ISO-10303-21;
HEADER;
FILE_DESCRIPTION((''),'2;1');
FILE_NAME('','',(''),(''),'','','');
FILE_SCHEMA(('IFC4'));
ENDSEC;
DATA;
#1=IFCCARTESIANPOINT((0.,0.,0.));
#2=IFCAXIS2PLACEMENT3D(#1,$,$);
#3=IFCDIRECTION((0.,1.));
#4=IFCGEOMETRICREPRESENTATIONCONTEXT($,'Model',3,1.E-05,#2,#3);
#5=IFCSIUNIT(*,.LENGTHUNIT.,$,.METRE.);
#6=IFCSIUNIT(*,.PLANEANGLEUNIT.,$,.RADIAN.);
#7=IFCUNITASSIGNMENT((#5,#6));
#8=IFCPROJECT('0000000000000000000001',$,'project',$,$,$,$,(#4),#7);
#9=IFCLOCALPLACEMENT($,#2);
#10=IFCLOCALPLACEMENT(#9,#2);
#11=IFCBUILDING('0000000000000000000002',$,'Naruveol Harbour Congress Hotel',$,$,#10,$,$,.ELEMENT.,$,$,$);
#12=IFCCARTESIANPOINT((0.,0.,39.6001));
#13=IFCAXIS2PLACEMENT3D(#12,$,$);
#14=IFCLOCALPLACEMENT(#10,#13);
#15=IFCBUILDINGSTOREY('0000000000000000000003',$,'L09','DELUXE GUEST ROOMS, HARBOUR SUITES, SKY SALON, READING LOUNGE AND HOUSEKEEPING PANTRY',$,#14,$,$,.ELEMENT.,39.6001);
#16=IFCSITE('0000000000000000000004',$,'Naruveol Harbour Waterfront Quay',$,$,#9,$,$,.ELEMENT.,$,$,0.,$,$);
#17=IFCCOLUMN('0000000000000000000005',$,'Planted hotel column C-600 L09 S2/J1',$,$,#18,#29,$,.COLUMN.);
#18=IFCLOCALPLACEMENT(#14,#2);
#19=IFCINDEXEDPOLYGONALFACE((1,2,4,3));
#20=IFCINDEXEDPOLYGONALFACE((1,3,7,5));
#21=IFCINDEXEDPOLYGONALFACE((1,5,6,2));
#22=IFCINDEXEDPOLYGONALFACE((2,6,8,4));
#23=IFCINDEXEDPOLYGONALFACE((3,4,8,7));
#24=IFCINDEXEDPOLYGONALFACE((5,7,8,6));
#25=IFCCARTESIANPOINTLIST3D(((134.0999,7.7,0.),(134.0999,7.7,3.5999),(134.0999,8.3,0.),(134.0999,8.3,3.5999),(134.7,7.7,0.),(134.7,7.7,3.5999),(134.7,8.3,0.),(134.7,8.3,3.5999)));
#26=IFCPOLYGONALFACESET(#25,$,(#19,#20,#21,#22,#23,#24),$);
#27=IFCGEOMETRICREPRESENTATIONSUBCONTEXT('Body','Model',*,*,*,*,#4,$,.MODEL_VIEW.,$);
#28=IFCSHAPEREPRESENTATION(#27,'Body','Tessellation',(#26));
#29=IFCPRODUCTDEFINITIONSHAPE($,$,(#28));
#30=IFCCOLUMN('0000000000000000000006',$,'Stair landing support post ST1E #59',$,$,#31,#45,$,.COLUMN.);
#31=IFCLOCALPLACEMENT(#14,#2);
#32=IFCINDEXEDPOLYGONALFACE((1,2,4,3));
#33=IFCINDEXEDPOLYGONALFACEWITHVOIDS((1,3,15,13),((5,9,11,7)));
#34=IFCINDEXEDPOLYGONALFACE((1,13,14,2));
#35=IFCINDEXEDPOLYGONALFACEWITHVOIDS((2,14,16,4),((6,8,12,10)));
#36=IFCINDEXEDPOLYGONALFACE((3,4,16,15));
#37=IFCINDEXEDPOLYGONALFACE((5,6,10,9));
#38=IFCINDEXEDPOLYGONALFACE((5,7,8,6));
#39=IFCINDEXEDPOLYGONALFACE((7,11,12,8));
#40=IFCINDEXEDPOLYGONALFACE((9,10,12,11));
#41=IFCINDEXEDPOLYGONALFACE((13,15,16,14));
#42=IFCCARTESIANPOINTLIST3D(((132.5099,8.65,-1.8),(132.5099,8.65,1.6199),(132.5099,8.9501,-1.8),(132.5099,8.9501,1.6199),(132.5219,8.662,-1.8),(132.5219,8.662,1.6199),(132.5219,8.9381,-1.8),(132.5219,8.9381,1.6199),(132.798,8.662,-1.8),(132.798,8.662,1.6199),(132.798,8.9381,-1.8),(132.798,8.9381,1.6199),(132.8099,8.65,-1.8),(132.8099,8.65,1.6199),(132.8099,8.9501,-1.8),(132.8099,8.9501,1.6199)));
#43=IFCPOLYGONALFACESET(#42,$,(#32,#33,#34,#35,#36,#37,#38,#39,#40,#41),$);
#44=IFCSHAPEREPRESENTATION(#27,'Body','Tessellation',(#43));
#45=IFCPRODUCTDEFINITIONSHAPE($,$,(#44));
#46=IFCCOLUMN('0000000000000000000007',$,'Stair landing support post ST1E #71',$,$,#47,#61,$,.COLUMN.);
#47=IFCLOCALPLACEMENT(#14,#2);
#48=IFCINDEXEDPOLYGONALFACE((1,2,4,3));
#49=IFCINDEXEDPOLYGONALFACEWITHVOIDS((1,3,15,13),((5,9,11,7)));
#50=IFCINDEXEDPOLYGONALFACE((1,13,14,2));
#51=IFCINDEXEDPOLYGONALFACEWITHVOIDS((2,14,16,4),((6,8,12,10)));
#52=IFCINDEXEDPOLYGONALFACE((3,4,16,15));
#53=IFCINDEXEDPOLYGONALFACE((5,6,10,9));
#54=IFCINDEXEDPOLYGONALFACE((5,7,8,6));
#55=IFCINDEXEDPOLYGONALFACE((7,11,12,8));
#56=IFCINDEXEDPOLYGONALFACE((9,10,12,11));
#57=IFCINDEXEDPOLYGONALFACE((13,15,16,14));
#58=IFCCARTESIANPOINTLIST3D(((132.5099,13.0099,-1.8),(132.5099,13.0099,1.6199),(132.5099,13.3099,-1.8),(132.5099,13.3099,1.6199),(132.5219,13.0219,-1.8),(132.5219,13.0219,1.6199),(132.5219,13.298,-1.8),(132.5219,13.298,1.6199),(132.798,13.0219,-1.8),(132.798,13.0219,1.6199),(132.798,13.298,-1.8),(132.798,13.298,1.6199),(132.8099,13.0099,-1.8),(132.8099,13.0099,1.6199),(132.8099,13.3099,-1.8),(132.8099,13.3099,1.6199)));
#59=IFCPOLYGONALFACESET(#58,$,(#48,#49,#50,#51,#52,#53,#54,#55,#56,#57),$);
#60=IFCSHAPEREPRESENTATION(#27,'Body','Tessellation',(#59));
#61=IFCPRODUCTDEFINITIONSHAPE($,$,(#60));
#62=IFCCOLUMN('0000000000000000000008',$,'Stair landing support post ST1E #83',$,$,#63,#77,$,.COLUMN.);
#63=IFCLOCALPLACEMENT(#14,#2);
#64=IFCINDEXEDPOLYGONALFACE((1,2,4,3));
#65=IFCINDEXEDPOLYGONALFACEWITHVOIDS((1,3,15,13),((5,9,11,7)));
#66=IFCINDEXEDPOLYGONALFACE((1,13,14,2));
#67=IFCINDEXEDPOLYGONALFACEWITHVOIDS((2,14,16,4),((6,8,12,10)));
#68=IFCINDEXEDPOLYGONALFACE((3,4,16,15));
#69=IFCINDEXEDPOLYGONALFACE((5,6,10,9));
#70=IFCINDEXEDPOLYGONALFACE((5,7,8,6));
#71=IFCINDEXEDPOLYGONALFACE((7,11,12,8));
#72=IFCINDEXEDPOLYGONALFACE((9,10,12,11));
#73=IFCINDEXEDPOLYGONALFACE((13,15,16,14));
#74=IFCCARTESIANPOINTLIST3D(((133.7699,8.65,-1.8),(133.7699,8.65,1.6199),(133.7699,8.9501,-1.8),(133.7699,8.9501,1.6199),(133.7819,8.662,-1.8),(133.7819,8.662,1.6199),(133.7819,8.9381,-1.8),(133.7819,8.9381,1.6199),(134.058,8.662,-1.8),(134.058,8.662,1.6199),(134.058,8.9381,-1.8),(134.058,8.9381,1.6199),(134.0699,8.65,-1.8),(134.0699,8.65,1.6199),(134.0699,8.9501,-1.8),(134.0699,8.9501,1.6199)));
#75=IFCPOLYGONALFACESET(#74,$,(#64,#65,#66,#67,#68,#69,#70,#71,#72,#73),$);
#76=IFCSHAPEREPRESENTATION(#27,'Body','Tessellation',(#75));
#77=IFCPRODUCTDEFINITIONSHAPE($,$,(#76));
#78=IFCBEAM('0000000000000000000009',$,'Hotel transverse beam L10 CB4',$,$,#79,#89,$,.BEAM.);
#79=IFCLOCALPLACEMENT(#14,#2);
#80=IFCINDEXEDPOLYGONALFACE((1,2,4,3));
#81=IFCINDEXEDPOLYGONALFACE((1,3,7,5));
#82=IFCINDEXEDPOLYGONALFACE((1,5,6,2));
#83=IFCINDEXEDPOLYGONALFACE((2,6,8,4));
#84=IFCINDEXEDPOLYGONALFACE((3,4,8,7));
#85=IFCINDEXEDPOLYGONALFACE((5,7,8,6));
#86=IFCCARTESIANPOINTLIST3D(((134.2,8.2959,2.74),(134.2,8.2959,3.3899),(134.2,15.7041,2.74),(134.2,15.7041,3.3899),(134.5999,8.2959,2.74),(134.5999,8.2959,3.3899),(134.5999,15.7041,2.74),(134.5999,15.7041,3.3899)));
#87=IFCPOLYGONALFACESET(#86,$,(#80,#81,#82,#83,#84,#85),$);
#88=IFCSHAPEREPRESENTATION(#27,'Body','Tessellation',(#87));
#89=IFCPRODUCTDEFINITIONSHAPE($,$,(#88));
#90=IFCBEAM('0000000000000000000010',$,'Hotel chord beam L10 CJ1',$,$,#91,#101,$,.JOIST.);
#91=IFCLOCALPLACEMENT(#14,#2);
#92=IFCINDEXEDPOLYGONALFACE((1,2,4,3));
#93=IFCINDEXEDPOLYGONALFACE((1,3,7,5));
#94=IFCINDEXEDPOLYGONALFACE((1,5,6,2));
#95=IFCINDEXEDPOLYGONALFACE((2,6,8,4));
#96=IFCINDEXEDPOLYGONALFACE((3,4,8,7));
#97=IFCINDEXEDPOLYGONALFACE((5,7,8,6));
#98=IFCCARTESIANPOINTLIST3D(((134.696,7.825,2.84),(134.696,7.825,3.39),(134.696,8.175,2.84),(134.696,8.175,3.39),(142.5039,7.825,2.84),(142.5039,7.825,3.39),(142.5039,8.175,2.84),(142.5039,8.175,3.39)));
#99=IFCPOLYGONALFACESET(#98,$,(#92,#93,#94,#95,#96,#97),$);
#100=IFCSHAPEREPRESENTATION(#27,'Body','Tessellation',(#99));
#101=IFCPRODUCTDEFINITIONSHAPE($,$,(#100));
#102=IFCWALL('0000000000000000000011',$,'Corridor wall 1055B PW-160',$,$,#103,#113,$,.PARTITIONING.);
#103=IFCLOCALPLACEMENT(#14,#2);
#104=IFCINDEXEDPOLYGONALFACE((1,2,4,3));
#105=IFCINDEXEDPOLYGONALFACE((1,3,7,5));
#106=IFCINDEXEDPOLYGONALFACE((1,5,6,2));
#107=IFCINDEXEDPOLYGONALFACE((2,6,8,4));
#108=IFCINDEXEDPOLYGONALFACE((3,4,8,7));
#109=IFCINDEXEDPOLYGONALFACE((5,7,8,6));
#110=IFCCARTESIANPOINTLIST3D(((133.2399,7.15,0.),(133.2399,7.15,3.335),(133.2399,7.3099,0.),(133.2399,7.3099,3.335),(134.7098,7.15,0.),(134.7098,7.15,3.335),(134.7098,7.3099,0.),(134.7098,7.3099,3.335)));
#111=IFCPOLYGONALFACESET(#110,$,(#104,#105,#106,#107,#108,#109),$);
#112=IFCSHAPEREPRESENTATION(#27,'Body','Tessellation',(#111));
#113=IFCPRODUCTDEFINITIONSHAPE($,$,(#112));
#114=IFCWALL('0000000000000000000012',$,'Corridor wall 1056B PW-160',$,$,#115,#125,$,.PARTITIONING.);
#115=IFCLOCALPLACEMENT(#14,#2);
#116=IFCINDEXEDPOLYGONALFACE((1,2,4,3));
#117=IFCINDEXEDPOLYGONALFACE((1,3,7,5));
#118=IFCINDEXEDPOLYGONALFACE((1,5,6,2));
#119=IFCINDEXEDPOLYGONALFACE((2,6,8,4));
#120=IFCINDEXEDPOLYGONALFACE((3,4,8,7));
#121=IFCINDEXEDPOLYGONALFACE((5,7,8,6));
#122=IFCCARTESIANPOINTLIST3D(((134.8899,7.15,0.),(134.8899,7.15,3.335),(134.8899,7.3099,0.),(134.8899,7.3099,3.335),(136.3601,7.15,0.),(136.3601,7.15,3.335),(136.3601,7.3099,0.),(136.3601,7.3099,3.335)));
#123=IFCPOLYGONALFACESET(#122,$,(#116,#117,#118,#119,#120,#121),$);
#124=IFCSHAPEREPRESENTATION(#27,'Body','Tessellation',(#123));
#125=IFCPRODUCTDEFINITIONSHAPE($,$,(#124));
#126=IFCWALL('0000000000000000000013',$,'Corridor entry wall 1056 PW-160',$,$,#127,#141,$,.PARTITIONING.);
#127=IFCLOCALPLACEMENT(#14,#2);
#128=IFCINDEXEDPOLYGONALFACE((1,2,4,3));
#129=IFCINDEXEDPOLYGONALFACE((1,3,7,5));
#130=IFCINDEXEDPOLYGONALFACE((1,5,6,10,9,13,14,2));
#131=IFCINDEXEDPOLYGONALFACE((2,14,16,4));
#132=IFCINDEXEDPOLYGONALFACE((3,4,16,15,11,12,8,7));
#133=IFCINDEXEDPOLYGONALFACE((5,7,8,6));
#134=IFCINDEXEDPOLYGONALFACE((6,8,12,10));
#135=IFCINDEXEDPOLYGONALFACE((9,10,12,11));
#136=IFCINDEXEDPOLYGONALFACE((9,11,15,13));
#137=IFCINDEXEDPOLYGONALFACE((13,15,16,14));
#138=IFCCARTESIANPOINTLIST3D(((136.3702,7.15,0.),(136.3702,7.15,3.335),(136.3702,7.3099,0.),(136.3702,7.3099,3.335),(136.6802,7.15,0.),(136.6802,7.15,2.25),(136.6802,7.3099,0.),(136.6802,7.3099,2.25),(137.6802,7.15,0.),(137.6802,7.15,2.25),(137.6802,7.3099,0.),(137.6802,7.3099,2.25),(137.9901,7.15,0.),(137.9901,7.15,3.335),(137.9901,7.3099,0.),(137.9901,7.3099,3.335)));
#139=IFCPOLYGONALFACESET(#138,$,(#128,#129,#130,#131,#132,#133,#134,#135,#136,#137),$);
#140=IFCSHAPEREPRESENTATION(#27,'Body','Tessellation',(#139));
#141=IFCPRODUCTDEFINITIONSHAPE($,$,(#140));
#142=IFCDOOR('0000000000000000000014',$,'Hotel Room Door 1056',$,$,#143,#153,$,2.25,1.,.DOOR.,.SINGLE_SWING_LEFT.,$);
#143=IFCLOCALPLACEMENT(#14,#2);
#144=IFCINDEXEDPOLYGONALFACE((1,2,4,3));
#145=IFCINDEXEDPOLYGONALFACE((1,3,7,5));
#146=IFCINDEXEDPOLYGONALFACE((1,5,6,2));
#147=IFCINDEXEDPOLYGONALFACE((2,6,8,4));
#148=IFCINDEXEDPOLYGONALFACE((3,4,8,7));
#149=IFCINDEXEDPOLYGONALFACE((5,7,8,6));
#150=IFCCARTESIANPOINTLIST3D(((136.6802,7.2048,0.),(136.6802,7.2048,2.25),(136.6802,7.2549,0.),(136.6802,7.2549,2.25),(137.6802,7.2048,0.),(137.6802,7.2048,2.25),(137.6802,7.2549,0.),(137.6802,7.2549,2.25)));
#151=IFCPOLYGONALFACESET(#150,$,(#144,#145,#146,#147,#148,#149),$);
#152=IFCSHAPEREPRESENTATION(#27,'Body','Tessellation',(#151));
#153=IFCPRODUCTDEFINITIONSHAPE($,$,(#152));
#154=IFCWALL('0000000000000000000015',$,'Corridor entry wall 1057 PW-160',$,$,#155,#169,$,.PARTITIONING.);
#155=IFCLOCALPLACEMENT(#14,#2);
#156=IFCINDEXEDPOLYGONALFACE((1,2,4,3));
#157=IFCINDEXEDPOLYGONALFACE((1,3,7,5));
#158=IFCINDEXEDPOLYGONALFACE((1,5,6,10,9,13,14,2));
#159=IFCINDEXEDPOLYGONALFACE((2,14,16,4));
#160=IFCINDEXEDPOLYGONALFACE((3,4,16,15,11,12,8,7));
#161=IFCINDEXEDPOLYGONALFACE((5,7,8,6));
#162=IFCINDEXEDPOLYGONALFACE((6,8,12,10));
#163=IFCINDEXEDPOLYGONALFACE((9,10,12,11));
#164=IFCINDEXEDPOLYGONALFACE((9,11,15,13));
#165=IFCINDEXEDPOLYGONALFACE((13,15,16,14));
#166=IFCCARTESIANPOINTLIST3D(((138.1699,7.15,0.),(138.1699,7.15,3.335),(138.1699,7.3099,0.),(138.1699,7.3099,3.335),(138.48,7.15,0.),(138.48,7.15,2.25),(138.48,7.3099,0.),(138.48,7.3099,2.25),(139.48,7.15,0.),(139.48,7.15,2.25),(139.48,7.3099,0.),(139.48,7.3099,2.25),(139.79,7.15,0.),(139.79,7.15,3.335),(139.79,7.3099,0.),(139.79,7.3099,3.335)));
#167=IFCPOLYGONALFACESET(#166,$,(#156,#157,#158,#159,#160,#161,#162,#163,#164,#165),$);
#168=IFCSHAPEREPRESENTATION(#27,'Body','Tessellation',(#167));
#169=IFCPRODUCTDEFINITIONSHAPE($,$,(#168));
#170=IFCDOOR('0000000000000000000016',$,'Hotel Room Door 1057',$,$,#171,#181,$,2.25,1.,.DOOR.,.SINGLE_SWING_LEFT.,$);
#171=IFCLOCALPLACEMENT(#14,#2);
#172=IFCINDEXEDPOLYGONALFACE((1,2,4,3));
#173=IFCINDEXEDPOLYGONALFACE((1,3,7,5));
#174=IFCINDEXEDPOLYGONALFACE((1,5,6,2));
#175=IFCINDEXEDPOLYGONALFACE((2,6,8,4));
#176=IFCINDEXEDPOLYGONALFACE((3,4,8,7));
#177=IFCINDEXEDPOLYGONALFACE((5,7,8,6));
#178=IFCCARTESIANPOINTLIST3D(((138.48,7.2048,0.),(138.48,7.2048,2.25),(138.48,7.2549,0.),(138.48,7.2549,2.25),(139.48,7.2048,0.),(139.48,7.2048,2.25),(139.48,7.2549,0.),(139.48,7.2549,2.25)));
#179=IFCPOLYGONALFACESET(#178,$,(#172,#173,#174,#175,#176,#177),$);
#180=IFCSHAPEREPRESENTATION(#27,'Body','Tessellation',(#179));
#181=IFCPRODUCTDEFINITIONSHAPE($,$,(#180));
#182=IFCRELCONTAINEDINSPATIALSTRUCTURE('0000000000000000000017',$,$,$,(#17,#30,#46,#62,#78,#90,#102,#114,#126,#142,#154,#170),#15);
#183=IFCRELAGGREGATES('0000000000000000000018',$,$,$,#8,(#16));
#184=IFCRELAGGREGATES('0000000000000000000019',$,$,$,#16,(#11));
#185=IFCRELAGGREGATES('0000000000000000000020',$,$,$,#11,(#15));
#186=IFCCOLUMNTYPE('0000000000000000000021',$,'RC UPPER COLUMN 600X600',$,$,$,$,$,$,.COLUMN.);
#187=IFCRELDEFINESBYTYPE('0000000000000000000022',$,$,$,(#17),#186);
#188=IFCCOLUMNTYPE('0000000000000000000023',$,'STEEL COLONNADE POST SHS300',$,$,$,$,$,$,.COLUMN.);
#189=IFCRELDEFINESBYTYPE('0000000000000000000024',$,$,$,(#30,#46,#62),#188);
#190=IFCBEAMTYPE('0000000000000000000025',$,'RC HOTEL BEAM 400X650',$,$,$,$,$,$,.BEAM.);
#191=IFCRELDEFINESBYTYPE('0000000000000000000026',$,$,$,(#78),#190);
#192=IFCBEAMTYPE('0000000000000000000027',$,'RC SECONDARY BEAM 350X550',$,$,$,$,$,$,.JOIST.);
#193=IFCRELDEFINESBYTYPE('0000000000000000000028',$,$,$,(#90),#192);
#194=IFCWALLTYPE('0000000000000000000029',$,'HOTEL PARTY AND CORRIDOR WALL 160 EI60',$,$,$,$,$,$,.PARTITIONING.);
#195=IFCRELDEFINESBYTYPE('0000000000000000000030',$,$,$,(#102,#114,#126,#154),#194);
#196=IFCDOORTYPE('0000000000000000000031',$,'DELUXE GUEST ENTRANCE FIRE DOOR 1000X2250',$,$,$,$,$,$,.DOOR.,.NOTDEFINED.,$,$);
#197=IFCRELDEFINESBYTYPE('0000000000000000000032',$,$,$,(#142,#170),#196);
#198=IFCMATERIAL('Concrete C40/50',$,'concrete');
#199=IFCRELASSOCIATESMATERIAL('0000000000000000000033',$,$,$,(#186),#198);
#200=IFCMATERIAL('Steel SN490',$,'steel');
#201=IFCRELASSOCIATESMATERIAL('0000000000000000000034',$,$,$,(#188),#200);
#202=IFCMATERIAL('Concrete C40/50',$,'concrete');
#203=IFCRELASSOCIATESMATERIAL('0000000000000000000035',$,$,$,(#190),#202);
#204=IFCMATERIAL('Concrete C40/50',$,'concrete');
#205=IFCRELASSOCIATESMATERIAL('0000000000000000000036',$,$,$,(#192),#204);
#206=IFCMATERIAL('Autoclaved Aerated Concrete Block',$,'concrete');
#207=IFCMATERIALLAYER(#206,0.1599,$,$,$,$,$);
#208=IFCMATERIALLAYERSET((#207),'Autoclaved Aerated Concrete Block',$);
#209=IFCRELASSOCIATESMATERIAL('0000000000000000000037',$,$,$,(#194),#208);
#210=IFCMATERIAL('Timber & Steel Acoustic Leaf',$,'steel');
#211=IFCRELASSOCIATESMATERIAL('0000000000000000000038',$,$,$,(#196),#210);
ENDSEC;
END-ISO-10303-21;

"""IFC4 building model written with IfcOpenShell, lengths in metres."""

from ifc_helpers import new_model, si_unit, direction, frame, frame_2d, origin, origin_2d, place, context, subcontext, project, spatial, rectangle, hollow_rectangle, extrude, material, layer, layer_set, material_profile, profile_set, type_object, element, fill, save


model = new_model("IFC4")

# Units and contexts
model_context = context("Model", 3, precision=1e-05, world=origin(), true_north=direction((0.0, 1.0)))
body_context = subcontext(model_context, "Body", "Model", "MODEL_VIEW")
ifc_project = project(units=[si_unit("LENGTHUNIT", "METRE"), si_unit("PLANEANGLEUNIT", "RADIAN")], contexts=[model_context])

# Site, building, storey
site_placement = place(None, origin())
site = spatial("IfcSite", under=ifc_project, at=site_placement, Name="Naruveol Harbour Waterfront Quay", CompositionType="ELEMENT", RefElevation=0.0)
building_placement = place(site_placement, origin())
building = spatial("IfcBuilding", under=site, at=building_placement, Name="Naruveol Harbour Congress Hotel", CompositionType="ELEMENT")
storey_placement = place(building_placement, frame((0.0, 0.0, 39.6001)))
storey = spatial("IfcBuildingStorey", under=building, at=storey_placement, Name="L09", Description="DELUXE GUEST ROOMS, HARBOUR SUITES, SKY SALON, READING LOUNGE AND HOUSEKEEPING PANTRY", CompositionType="ELEMENT", Elevation=39.6001)

# Columns
ifc_material_1 = material(Name="Concrete C40/50", Category="concrete")
ifc_material_profile_1 = material_profile(ifc_material_1, rectangle(XDim=0.6001, YDim=0.6001, at=origin_2d()), Name="RC-600x600")
ifc_profile_set_1 = profile_set([ifc_material_profile_1], Name="Concrete C40/50")
column_type_1 = type_object("IfcColumnType", Name="RC UPPER COLUMN 600X600", PredefinedType="COLUMN", material=ifc_profile_set_1)
column_placement = place(storey_placement, frame((134.3999, 8.0, 0.0), z_axis=(0.0, 0.0, 1.0), x_axis=(1.0, 0.0, 0.0)))
element("IfcColumn", 1, at=column_placement, inside=storey, type_object=column_type_1, Name="Planted hotel column C-600 L09 S2/J1", PredefinedType="COLUMN", context=body_context, shape_type="SweptSolid", body=[
    extrude(rectangle(XDim=0.6001, YDim=0.6001, at=origin_2d()), origin(), (0.0, 0.0, 1.0), 3.5999),
])
ifc_material_2 = material(Name="Steel SN490", Category="steel")
ifc_material_profile_2 = material_profile(ifc_material_2, hollow_rectangle(XDim=0.3, YDim=0.3, WallThickness=0.012, at=origin_2d()), Name="SHS-300x300x12")
ifc_profile_set_2 = profile_set([ifc_material_profile_2], Name="Steel SN490")
column_type_2 = type_object("IfcColumnType", Name="STEEL COLONNADE POST SHS300", PredefinedType="COLUMN", material=ifc_profile_set_2)
for number, where, z_axis, x_axis, name in (
    (2, (132.6599, 8.8, -1.8), (0.0, 0.0, 1.0), (1.0, 0.0, 0.0), "Stair landing support post ST1E #59"),
    (3, (132.6599, 13.1599, -1.8), (0.0, 0.0, 1.0), (1.0, 0.0, 0.0), "Stair landing support post ST1E #71"),
    (4, (133.9199, 8.8, -1.8), (0.0, 0.0, 1.0), (1.0, 0.0, 0.0), "Stair landing support post ST1E #83"),
):
    element("IfcColumn", number, at=place(storey_placement, frame(where, z_axis=z_axis, x_axis=x_axis)), inside=storey, type_object=column_type_2, Name=name, PredefinedType="COLUMN", context=body_context, shape_type="SweptSolid", body=[
        extrude(hollow_rectangle(XDim=0.3, YDim=0.3, WallThickness=0.012, at=origin_2d()), origin(), (0.0, 0.0, 1.0), 3.4199),
    ])

# Beams
ifc_material_3 = material(Name="Concrete C40/50", Category="concrete")
ifc_material_profile_3 = material_profile(ifc_material_3, rectangle(XDim=0.3999, YDim=0.6499, at=origin_2d()), Name="RCB-400x650")
ifc_profile_set_3 = profile_set([ifc_material_profile_3], Name="Concrete C40/50")
beam_type_1 = type_object("IfcBeamType", Name="RC HOTEL BEAM 400X650", PredefinedType="BEAM", material=ifc_profile_set_3)
beam_1_placement = place(storey_placement, frame((134.3999, 8.2959, 3.0649), z_axis=(0.0, 1.0, 0.0), x_axis=(-1.0, 0.0, 0.0)))
element("IfcBeam", 5, at=beam_1_placement, inside=storey, type_object=beam_type_1, Name="Hotel transverse beam L10 CB4", PredefinedType="BEAM", context=body_context, shape_type="SweptSolid", body=[
    extrude(rectangle(XDim=0.3999, YDim=0.6499, at=origin_2d()), origin(), (0.0, 0.0, 1.0), 7.4082),
])
ifc_material_4 = material(Name="Concrete C40/50", Category="concrete")
ifc_material_profile_4 = material_profile(ifc_material_4, rectangle(XDim=0.3501, YDim=0.55, at=origin_2d()), Name="RCB-350x550")
ifc_profile_set_4 = profile_set([ifc_material_profile_4], Name="Concrete C40/50")
beam_type_2 = type_object("IfcBeamType", Name="RC SECONDARY BEAM 350X550", PredefinedType="JOIST", material=ifc_profile_set_4)
beam_2_placement = place(storey_placement, frame((134.696, 8.0, 3.115), z_axis=(1.0, 0.0, 0.0), x_axis=(0.0, 1.0, 0.0)))
element("IfcBeam", 6, at=beam_2_placement, inside=storey, type_object=beam_type_2, Name="Hotel chord beam L10 CJ1", PredefinedType="JOIST", context=body_context, shape_type="SweptSolid", body=[
    extrude(rectangle(XDim=0.3501, YDim=0.55, at=origin_2d()), origin(), (0.0, 0.0, 1.0), 7.8079),
])

# Walls
ifc_material_5 = material(Name="Autoclaved Aerated Concrete Block", Category="concrete")
ifc_layer_1 = layer(ifc_material_5, 0.1599)
ifc_layer_set_1 = layer_set([ifc_layer_1], Name="Autoclaved Aerated Concrete Block")
wall_type_1 = type_object("IfcWallType", Name="HOTEL PARTY AND CORRIDOR WALL 160 EI60", PredefinedType="PARTITIONING", material=ifc_layer_set_1)
wall_1_placement = place(storey_placement, frame((133.24, 7.23, 0.0), z_axis=(0.0, 0.0, 1.0), x_axis=(1.0, 0.0, 0.0)))
element("IfcWall", 7, at=wall_1_placement, inside=storey, type_object=wall_type_1, Name="Corridor wall 1055B PW-160", PredefinedType="PARTITIONING", context=body_context, shape_type="SweptSolid", body=[
    extrude(rectangle(XDim=1.47, YDim=0.1599, at=frame_2d((0.7349, 0.0))), origin(), (0.0, 0.0, 1.0), 3.335),
])
wall_2_placement = place(storey_placement, frame((134.8899, 7.23, 0.0), z_axis=(0.0, 0.0, 1.0), x_axis=(1.0, 0.0, 0.0)))
element("IfcWall", 8, at=wall_2_placement, inside=storey, type_object=wall_type_1, Name="Corridor wall 1056B PW-160", PredefinedType="PARTITIONING", context=body_context, shape_type="SweptSolid", body=[
    extrude(rectangle(XDim=1.4702, YDim=0.1599, at=frame_2d((0.7351, 0.0))), origin(), (0.0, 0.0, 1.0), 3.335),
])

# Walls, openings, doors
wall_3_placement = place(storey_placement, frame((136.3701, 7.23, 0.0), z_axis=(0.0, 0.0, 1.0), x_axis=(1.0, 0.0, 0.0)))
wall_3 = element("IfcWall", 9, at=wall_3_placement, inside=storey, type_object=wall_type_1, Name="Corridor entry wall 1056 PW-160", PredefinedType="PARTITIONING", context=body_context, shape_type="SweptSolid", body=[
    extrude(rectangle(XDim=1.6199, YDim=0.1599, at=frame_2d((0.8101, 0.0))), origin(), (0.0, 0.0, 1.0), 3.335),
])
opening_1_placement = place(wall_3_placement, frame((0.3101, 0.0, 0.0)))
opening_1 = element("IfcOpeningElement", 10, at=opening_1_placement, cuts=wall_3, PredefinedType="OPENING", context=body_context, shape_type="SweptSolid", body=[
    extrude(rectangle(XDim=1.0, YDim=2.25, at=frame_2d((0.5, 1.125))), frame((0.0, 0.0898, 0.0), z_axis=(0.0, -1.0, 0.0), x_axis=(1.0, 0.0, 0.0)), (0.0, 0.0, 1.0), 0.1799),
])
ifc_material_6 = material(Name="Timber & Steel Acoustic Leaf", Category="steel")
door_type_1 = type_object("IfcDoorType", Name="DELUXE GUEST ENTRANCE FIRE DOOR 1000X2250", OperationType="NOTDEFINED", PredefinedType="DOOR", material=ifc_material_6)
door_1_placement = place(opening_1_placement, origin())
door_1 = element("IfcDoor", 11, at=door_1_placement, inside=storey, type_object=door_type_1, Name="Hotel Room Door 1056", OperationType="SINGLE_SWING_LEFT", OverallHeight=2.25, OverallWidth=1.0, PredefinedType="DOOR", context=body_context, shape_type="SweptSolid", body=[
    extrude(rectangle(XDim=1.0, YDim=2.25, at=frame_2d((0.5, 1.125))), frame((0.0, 0.0249, 0.0), z_axis=(0.0, -1.0, 0.0), x_axis=(1.0, 0.0, 0.0)), (0.0, 0.0, 1.0), 0.05),
])
fill(opening_1, door_1)
wall_4_placement = place(storey_placement, frame((138.1699, 7.23, 0.0), z_axis=(0.0, 0.0, 1.0), x_axis=(1.0, 0.0, 0.0)))
wall_4 = element("IfcWall", 12, at=wall_4_placement, inside=storey, type_object=wall_type_1, Name="Corridor entry wall 1057 PW-160", PredefinedType="PARTITIONING", context=body_context, shape_type="SweptSolid", body=[
    extrude(rectangle(XDim=1.6201, YDim=0.1599, at=frame_2d((0.8101, 0.0))), origin(), (0.0, 0.0, 1.0), 3.335),
])
opening_2_placement = place(wall_4_placement, frame((0.3101, 0.0, 0.0)))
opening_2 = element("IfcOpeningElement", 13, at=opening_2_placement, cuts=wall_4, PredefinedType="OPENING", context=body_context, shape_type="SweptSolid", body=[
    extrude(rectangle(XDim=1.0, YDim=2.25, at=frame_2d((0.5, 1.125))), frame((0.0, 0.0898, 0.0), z_axis=(0.0, -1.0, 0.0), x_axis=(1.0, 0.0, 0.0)), (0.0, 0.0, 1.0), 0.1799),
])
door_2_placement = place(opening_2_placement, origin())
door_2 = element("IfcDoor", 14, at=door_2_placement, inside=storey, type_object=door_type_1, Name="Hotel Room Door 1057", OperationType="SINGLE_SWING_LEFT", OverallHeight=2.25, OverallWidth=1.0, PredefinedType="DOOR", context=body_context, shape_type="SweptSolid", body=[
    extrude(rectangle(XDim=1.0, YDim=2.25, at=frame_2d((0.5, 1.125))), frame((0.0, 0.0249, 0.0), z_axis=(0.0, -1.0, 0.0), x_axis=(1.0, 0.0, 0.0)), (0.0, 0.0, 1.0), 0.05),
])
fill(opening_2, door_2)

save(model, "model.ifc")
